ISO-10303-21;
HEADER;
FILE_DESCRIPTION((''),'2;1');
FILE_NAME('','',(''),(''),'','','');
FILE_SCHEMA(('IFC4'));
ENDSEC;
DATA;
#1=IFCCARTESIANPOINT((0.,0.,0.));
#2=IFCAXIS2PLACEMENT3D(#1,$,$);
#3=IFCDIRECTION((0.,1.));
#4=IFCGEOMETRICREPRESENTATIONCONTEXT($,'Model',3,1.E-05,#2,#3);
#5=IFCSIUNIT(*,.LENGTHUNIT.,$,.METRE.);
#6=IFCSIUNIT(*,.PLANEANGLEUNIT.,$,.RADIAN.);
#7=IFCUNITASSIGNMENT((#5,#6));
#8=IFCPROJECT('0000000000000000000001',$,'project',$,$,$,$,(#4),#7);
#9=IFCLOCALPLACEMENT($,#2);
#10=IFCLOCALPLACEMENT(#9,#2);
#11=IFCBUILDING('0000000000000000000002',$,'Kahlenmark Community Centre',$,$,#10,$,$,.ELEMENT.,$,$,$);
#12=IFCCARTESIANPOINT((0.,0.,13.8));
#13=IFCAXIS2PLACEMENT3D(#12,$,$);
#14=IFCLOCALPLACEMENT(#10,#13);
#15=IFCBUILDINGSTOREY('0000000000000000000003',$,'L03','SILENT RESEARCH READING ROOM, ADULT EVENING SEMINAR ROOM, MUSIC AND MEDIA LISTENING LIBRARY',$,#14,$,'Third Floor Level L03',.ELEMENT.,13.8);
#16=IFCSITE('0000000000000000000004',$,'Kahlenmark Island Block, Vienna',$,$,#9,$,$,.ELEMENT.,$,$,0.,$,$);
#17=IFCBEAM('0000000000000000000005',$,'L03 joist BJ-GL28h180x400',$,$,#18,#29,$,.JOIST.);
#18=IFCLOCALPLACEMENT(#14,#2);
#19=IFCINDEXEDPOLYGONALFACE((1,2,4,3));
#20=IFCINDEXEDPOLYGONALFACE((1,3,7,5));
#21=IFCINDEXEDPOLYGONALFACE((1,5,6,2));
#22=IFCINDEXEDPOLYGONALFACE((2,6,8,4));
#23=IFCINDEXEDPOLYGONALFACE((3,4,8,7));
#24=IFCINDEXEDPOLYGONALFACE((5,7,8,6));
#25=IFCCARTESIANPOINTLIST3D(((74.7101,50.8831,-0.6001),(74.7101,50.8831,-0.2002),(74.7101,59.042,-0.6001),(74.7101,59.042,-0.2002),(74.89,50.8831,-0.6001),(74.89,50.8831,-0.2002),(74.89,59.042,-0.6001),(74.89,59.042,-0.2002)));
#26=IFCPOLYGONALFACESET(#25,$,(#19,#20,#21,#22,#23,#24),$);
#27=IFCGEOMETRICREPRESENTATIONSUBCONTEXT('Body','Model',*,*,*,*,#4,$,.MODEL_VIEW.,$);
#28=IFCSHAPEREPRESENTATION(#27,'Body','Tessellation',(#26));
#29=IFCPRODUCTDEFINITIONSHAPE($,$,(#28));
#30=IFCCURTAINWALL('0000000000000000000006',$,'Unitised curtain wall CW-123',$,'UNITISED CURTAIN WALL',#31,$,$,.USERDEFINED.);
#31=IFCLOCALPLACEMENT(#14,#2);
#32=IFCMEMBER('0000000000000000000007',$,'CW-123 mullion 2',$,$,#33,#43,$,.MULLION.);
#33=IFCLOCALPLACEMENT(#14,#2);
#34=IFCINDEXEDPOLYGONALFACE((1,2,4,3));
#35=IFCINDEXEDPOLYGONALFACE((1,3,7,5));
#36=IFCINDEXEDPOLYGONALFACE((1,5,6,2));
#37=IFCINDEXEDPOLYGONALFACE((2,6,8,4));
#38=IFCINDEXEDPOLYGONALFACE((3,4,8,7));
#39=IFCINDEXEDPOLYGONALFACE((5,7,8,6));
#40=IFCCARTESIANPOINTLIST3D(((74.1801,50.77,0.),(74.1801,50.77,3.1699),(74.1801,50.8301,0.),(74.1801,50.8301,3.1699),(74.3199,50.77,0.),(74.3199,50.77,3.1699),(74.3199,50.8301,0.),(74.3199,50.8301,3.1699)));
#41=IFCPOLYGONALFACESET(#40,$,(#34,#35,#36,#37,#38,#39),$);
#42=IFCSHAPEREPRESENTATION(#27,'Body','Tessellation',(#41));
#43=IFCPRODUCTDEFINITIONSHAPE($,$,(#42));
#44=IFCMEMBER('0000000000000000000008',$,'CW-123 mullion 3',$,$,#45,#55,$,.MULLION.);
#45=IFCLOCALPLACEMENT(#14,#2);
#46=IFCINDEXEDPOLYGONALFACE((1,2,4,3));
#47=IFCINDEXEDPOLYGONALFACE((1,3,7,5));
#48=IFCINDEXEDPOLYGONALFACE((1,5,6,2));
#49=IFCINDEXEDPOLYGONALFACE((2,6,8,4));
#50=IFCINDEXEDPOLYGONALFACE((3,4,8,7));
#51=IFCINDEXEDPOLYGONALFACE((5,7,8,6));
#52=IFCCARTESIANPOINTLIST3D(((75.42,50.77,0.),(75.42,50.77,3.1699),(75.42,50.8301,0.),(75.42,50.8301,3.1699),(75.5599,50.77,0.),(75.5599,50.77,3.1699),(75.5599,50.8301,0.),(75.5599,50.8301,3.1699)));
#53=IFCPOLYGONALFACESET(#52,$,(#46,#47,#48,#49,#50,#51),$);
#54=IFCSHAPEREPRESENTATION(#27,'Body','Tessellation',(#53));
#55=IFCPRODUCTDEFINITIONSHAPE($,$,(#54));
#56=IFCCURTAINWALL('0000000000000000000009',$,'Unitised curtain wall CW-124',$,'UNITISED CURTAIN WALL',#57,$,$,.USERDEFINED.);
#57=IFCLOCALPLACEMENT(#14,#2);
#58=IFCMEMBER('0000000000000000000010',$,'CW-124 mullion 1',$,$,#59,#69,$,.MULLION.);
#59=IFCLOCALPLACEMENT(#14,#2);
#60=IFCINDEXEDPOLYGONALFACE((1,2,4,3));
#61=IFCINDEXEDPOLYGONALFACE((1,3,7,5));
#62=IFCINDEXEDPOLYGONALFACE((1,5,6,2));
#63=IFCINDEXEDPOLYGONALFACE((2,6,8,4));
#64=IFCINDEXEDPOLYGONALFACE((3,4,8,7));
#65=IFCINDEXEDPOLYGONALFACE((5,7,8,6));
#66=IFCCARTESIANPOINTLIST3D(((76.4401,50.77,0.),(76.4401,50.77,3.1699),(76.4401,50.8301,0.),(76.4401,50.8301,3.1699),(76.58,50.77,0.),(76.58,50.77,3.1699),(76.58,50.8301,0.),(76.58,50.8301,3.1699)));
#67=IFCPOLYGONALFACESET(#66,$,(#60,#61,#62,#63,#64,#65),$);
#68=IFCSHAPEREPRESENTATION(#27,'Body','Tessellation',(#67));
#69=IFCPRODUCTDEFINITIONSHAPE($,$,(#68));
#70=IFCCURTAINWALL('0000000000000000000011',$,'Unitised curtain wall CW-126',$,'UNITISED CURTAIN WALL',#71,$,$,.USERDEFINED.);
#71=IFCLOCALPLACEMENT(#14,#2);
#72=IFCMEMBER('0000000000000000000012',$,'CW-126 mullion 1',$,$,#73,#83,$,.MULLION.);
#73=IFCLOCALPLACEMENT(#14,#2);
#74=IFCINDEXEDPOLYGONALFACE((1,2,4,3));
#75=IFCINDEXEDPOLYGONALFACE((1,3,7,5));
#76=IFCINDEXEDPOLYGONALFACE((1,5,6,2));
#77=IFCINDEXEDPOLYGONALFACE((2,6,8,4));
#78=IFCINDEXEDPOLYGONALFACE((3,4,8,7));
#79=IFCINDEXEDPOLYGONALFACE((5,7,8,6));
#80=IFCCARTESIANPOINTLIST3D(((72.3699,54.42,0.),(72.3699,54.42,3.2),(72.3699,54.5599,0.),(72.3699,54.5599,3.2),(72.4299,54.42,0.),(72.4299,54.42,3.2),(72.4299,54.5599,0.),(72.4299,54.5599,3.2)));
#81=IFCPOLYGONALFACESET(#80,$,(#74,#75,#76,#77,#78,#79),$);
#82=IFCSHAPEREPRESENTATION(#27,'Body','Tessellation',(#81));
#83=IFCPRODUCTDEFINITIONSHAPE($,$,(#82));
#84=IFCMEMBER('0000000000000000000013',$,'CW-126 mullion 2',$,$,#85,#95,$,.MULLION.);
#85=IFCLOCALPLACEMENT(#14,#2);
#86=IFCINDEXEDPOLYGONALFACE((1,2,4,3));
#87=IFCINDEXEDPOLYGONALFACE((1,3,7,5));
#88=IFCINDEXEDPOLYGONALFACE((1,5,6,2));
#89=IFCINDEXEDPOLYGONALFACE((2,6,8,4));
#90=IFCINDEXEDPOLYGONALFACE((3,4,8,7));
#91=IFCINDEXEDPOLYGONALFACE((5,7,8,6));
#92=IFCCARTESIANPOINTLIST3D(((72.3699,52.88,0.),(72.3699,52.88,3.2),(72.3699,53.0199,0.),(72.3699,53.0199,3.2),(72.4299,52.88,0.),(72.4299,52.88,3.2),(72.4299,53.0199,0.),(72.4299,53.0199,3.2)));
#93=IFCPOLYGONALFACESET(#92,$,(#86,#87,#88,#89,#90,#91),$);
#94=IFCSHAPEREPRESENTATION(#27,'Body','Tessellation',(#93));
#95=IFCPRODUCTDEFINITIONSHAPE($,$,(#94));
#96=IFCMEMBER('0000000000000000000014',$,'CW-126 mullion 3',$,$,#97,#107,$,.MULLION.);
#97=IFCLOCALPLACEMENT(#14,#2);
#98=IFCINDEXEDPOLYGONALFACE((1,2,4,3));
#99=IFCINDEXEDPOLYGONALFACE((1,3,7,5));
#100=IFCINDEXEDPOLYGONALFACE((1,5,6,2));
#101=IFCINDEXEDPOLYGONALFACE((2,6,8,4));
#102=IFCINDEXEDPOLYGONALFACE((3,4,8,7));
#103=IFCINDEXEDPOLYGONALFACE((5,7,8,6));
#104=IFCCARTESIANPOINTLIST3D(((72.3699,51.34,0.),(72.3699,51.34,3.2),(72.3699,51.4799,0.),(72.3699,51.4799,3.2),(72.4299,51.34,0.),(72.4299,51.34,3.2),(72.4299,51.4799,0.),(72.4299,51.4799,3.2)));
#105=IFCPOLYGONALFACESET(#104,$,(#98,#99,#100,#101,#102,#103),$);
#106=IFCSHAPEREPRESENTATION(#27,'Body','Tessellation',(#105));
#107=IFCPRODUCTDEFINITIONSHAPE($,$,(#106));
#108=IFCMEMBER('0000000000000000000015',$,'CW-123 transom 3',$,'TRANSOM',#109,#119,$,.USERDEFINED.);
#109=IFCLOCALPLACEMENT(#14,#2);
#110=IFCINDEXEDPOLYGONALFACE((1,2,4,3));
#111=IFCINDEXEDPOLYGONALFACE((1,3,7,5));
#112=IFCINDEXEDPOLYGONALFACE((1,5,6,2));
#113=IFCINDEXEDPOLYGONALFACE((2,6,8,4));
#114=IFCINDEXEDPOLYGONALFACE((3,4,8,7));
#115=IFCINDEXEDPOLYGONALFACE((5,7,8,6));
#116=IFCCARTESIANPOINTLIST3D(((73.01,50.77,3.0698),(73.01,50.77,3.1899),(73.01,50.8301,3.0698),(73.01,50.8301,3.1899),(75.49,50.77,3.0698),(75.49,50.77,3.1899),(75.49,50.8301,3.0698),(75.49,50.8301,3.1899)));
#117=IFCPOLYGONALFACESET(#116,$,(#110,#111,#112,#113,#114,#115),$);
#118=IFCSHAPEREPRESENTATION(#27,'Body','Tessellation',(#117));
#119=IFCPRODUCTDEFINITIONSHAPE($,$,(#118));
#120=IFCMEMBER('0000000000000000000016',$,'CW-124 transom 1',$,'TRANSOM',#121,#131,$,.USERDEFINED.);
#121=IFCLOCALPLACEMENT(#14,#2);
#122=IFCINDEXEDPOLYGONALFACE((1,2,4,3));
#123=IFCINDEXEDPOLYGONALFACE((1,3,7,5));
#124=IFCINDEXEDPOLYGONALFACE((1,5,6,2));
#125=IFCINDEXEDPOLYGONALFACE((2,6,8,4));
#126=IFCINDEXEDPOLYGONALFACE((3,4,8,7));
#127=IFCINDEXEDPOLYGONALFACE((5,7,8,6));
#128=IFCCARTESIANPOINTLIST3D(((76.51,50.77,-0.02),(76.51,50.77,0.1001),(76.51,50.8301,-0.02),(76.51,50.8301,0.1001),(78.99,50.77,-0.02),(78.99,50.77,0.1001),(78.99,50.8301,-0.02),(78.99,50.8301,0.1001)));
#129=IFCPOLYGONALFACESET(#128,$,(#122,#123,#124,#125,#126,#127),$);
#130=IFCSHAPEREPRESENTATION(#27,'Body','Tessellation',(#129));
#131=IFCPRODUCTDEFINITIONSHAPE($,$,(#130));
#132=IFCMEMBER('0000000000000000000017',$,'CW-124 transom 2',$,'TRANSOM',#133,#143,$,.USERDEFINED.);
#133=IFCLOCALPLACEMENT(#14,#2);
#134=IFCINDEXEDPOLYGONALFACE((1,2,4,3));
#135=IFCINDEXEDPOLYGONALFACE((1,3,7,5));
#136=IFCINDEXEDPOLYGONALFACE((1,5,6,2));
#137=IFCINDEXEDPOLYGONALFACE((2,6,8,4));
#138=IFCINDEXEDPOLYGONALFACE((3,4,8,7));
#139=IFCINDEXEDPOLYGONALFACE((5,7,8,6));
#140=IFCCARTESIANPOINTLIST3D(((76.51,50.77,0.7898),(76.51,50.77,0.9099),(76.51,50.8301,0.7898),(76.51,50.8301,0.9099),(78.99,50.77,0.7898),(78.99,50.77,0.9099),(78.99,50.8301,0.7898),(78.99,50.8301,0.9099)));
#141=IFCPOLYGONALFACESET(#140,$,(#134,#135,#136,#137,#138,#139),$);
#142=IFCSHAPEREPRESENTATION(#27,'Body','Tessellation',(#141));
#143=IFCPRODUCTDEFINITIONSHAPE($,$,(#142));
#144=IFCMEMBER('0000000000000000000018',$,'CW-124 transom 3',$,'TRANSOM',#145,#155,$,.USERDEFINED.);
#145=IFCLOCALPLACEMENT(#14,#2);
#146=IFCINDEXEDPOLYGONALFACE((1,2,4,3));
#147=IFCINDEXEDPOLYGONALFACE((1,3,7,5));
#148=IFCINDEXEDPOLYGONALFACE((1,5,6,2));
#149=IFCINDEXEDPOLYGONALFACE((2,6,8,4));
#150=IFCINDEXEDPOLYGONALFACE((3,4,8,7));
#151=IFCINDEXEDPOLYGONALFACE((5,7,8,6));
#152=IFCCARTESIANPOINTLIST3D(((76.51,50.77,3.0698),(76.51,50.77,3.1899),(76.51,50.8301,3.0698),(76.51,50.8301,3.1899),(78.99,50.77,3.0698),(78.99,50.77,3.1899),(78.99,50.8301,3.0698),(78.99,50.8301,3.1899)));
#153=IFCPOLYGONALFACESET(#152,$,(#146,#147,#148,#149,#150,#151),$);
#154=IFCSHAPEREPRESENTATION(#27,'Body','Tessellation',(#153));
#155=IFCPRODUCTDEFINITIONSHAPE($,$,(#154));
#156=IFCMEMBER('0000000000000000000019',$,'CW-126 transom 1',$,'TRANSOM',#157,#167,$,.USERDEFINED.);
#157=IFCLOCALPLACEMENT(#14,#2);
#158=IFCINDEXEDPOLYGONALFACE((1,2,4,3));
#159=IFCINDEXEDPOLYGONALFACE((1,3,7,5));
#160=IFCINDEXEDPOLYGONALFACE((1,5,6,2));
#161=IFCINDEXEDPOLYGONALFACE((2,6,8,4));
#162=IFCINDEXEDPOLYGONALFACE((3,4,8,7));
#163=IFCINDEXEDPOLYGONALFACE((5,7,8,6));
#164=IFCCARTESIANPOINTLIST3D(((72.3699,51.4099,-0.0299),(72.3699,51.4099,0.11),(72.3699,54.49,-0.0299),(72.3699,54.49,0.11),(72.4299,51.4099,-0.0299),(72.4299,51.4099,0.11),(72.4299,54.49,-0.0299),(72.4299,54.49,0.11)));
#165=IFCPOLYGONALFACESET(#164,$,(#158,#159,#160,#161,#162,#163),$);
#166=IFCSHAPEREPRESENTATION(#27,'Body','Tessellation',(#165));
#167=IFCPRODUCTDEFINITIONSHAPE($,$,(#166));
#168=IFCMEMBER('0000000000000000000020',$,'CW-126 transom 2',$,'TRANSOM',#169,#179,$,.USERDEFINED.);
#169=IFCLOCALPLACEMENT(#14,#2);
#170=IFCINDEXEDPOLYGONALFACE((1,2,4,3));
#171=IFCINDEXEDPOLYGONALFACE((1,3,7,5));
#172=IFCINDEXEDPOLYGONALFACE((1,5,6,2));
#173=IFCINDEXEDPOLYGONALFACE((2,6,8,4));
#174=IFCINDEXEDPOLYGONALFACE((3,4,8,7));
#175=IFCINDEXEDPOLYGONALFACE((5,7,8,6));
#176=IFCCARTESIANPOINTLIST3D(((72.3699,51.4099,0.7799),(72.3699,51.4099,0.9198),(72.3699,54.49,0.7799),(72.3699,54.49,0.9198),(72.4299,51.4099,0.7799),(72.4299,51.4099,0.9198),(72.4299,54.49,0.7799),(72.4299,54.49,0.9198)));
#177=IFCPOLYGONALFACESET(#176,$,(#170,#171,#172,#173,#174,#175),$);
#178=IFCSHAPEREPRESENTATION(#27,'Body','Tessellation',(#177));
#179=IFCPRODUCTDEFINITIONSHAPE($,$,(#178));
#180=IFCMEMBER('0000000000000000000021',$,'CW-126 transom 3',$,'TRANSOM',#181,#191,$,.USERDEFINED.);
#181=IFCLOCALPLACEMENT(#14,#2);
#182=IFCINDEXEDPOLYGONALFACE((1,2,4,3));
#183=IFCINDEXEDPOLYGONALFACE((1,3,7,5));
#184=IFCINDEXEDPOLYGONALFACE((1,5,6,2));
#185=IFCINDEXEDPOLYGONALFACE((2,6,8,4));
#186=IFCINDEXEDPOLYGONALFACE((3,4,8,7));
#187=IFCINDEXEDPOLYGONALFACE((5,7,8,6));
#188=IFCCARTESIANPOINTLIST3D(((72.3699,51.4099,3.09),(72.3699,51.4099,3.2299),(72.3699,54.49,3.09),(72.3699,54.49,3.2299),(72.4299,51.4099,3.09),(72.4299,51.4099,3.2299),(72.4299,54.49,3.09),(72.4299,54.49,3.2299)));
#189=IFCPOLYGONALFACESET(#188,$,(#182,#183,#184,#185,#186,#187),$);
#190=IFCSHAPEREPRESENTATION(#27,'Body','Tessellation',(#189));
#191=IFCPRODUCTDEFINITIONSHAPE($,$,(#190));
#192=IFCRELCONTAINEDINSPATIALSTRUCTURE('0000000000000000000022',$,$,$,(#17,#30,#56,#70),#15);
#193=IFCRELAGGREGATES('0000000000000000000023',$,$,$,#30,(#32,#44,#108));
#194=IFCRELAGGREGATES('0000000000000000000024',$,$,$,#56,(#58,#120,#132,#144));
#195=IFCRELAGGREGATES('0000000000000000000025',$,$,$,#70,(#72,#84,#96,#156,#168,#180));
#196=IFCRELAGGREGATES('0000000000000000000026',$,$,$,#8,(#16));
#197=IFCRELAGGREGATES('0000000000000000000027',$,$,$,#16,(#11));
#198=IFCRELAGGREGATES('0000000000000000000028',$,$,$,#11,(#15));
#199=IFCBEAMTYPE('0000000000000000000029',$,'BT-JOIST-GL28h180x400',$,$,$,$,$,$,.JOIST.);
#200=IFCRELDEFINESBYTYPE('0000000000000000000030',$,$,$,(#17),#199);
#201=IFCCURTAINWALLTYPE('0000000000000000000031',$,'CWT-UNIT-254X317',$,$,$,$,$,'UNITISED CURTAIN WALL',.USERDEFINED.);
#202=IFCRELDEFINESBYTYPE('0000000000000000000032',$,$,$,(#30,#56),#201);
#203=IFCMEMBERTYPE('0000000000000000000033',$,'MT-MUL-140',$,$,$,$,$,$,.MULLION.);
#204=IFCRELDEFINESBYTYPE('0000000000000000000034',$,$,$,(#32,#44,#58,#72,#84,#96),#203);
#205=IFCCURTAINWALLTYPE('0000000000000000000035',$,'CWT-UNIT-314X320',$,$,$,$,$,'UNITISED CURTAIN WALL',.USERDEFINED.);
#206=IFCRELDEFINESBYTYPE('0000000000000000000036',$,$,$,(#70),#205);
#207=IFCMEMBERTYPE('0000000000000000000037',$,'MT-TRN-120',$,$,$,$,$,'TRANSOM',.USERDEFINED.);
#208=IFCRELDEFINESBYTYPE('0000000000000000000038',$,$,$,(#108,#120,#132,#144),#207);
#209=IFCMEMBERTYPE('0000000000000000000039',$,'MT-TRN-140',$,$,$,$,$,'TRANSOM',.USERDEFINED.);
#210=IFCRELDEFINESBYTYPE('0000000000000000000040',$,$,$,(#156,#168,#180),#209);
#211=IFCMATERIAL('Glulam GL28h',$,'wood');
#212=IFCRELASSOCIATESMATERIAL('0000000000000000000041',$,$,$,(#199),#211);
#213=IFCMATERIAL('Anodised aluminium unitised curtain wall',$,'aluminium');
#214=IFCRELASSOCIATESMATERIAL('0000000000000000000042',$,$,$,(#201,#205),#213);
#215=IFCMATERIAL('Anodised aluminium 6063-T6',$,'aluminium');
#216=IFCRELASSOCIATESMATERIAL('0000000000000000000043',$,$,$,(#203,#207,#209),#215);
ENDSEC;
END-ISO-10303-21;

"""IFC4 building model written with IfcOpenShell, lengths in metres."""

from ifc_helpers import new_model, si_unit, direction, frame, origin, origin_2d, place, context, subcontext, project, spatial, rectangle, extrude, material, material_profile, profile_set, type_object, element, aggregate, save


model = new_model("IFC4")

# Units and contexts
model_context = context("Model", 3, precision=1e-05, world=origin(), true_north=direction((0.0, 1.0)))
body_context = subcontext(model_context, "Body", "Model", "MODEL_VIEW")
ifc_project = project(units=[si_unit("LENGTHUNIT", "METRE"), si_unit("PLANEANGLEUNIT", "RADIAN")], contexts=[model_context])

# Site, building, storey
site_placement = place(None, origin())
site = spatial("IfcSite", under=ifc_project, at=site_placement, Name="Kahlenmark Island Block, Vienna", CompositionType="ELEMENT", RefElevation=0.0)
building_placement = place(site_placement, origin())
building = spatial("IfcBuilding", under=site, at=building_placement, Name="Kahlenmark Community Centre", CompositionType="ELEMENT")
storey_placement = place(building_placement, frame((0.0, 0.0, 13.8)))
storey = spatial("IfcBuildingStorey", under=building, at=storey_placement, Name="L03", Description="SILENT RESEARCH READING ROOM, ADULT EVENING SEMINAR ROOM, MUSIC AND MEDIA LISTENING LIBRARY", LongName="Third Floor Level L03", CompositionType="ELEMENT", Elevation=13.8)

# Beam
ifc_material_1 = material(Name="Glulam GL28h", Category="wood")
ifc_material_profile_1 = material_profile(ifc_material_1, rectangle(XDim=0.1799, YDim=0.3999, at=origin_2d()), Name="GL28h 180x400")
ifc_profile_set_1 = profile_set([ifc_material_profile_1], Name="Glulam GL28h")
beam_type = type_object("IfcBeamType", Name="BT-JOIST-GL28h180x400", PredefinedType="JOIST", material=ifc_profile_set_1)
beam_placement = place(storey_placement, frame((74.8, 50.8831, -0.4001), z_axis=(0.0, 1.0, 0.0), x_axis=(-1.0, 0.0, 0.0)))
element("IfcBeam", 1, at=beam_placement, inside=storey, type_object=beam_type, Name="L03 joist BJ-GL28h180x400", PredefinedType="JOIST", context=body_context, shape_type="SweptSolid", body=[
    extrude(rectangle(XDim=0.1799, YDim=0.3999, at=origin_2d()), origin(), (0.0, 0.0, 1.0), 8.1589),
])

# Curtain wall, members
ifc_material_2 = material(Name="Anodised aluminium unitised curtain wall", Category="aluminium")
curtain_wall_type_1 = type_object("IfcCurtainWallType", Name="CWT-UNIT-254X317", ElementType="UNITISED CURTAIN WALL", PredefinedType="USERDEFINED", material=ifc_material_2)
curtain_wall_1_placement = place(storey_placement, origin())
curtain_wall_1 = element("IfcCurtainWall", 2, at=curtain_wall_1_placement, inside=storey, type_object=curtain_wall_type_1, Name="Unitised curtain wall CW-123", ObjectType="UNITISED CURTAIN WALL", PredefinedType="USERDEFINED")
ifc_material_3 = material(Name="Anodised aluminium 6063-T6", Category="aluminium")
ifc_material_profile_2 = material_profile(ifc_material_3, rectangle(XDim=0.0601, YDim=0.1399, at=origin_2d()), Name="ALU MULLION 60x140")
ifc_profile_set_2 = profile_set([ifc_material_profile_2], Name="Anodised aluminium 6063-T6")
member_type_1 = type_object("IfcMemberType", Name="MT-MUL-140", PredefinedType="MULLION", material=ifc_profile_set_2)
member_1_placement = place(storey_placement, frame((74.25, 50.8, 0.0), z_axis=(0.0, 0.0, 1.0), x_axis=(0.0, 1.0, 0.0)))
member_1 = element("IfcMember", 3, at=member_1_placement, type_object=member_type_1, Name="CW-123 mullion 2", PredefinedType="MULLION", context=body_context, shape_type="SweptSolid", body=[
    extrude(rectangle(XDim=0.0601, YDim=0.1399, at=origin_2d()), origin(), (0.0, 0.0, 1.0), 3.1699),
])
member_2_placement = place(storey_placement, frame((75.49, 50.8, 0.0), z_axis=(0.0, 0.0, 1.0), x_axis=(0.0, 1.0, 0.0)))
member_2 = element("IfcMember", 4, at=member_2_placement, type_object=member_type_1, Name="CW-123 mullion 3", PredefinedType="MULLION", context=body_context, shape_type="SweptSolid", body=[
    extrude(rectangle(XDim=0.0601, YDim=0.1399, at=origin_2d()), origin(), (0.0, 0.0, 1.0), 3.1699),
])

# Curtain wall, member
curtain_wall_2_placement = place(storey_placement, origin())
curtain_wall_2 = element("IfcCurtainWall", 5, at=curtain_wall_2_placement, inside=storey, type_object=curtain_wall_type_1, Name="Unitised curtain wall CW-124", ObjectType="UNITISED CURTAIN WALL", PredefinedType="USERDEFINED")
member_3_placement = place(storey_placement, frame((76.51, 50.8, 0.0), z_axis=(0.0, 0.0, 1.0), x_axis=(0.0, 1.0, 0.0)))
member_3 = element("IfcMember", 6, at=member_3_placement, type_object=member_type_1, Name="CW-124 mullion 1", PredefinedType="MULLION", context=body_context, shape_type="SweptSolid", body=[
    extrude(rectangle(XDim=0.0601, YDim=0.1399, at=origin_2d()), origin(), (0.0, 0.0, 1.0), 3.1699),
])

# Curtain wall, members
curtain_wall_type_2 = type_object("IfcCurtainWallType", Name="CWT-UNIT-314X320", ElementType="UNITISED CURTAIN WALL", PredefinedType="USERDEFINED", material=ifc_material_2)
curtain_wall_3_placement = place(storey_placement, origin())
curtain_wall_3 = element("IfcCurtainWall", 7, at=curtain_wall_3_placement, inside=storey, type_object=curtain_wall_type_2, Name="Unitised curtain wall CW-126", ObjectType="UNITISED CURTAIN WALL", PredefinedType="USERDEFINED")
member_4_placement = place(storey_placement, frame((72.3999, 54.49, 0.0), z_axis=(0.0, 0.0, 1.0), x_axis=(1.0, 0.0, 0.0)))
member_4 = element("IfcMember", 8, at=member_4_placement, type_object=member_type_1, Name="CW-126 mullion 1", PredefinedType="MULLION", context=body_context, shape_type="SweptSolid", body=[
    extrude(rectangle(XDim=0.0601, YDim=0.1399, at=origin_2d()), origin(), (0.0, 0.0, 1.0), 3.2),
])
member_5_placement = place(storey_placement, frame((72.3999, 52.95, 0.0), z_axis=(0.0, 0.0, 1.0), x_axis=(1.0, 0.0, 0.0)))
member_5 = element("IfcMember", 9, at=member_5_placement, type_object=member_type_1, Name="CW-126 mullion 2", PredefinedType="MULLION", context=body_context, shape_type="SweptSolid", body=[
    extrude(rectangle(XDim=0.0601, YDim=0.1399, at=origin_2d()), origin(), (0.0, 0.0, 1.0), 3.2),
])
member_6_placement = place(storey_placement, frame((72.3999, 51.4099, 0.0), z_axis=(0.0, 0.0, 1.0), x_axis=(1.0, 0.0, 0.0)))
member_6 = element("IfcMember", 10, at=member_6_placement, type_object=member_type_1, Name="CW-126 mullion 3", PredefinedType="MULLION", context=body_context, shape_type="SweptSolid", body=[
    extrude(rectangle(XDim=0.0601, YDim=0.1399, at=origin_2d()), origin(), (0.0, 0.0, 1.0), 3.2),
])

# Members
ifc_material_profile_3 = material_profile(ifc_material_3, rectangle(XDim=0.0601, YDim=0.1201, at=origin_2d()), Name="ALU TRANSOM 60x120")
ifc_profile_set_3 = profile_set([ifc_material_profile_3], Name="Anodised aluminium 6063-T6")
member_type_2 = type_object("IfcMemberType", Name="MT-TRN-120", ElementType="TRANSOM", PredefinedType="USERDEFINED", material=ifc_profile_set_3)
member_7_placement = place(storey_placement, frame((73.01, 50.8, 3.1299), z_axis=(1.0, 0.0, 0.0), x_axis=(0.0, 1.0, 0.0)))
member_7 = element("IfcMember", 11, at=member_7_placement, type_object=member_type_2, Name="CW-123 transom 3", ObjectType="TRANSOM", PredefinedType="USERDEFINED", context=body_context, shape_type="SweptSolid", body=[
    extrude(rectangle(XDim=0.0601, YDim=0.1201, at=origin_2d()), origin(), (0.0, 0.0, 1.0), 2.48),
])
member_8_placement = place(storey_placement, frame((76.51, 50.8, 0.04), z_axis=(1.0, 0.0, 0.0), x_axis=(0.0, 1.0, 0.0)))
member_8 = element("IfcMember", 12, at=member_8_placement, type_object=member_type_2, Name="CW-124 transom 1", ObjectType="TRANSOM", PredefinedType="USERDEFINED", context=body_context, shape_type="SweptSolid", body=[
    extrude(rectangle(XDim=0.0601, YDim=0.1201, at=origin_2d()), origin(), (0.0, 0.0, 1.0), 2.48),
])
member_9_placement = place(storey_placement, frame((76.51, 50.8, 0.8499), z_axis=(1.0, 0.0, 0.0), x_axis=(0.0, 1.0, 0.0)))
member_9 = element("IfcMember", 13, at=member_9_placement, type_object=member_type_2, Name="CW-124 transom 2", ObjectType="TRANSOM", PredefinedType="USERDEFINED", context=body_context, shape_type="SweptSolid", body=[
    extrude(rectangle(XDim=0.0601, YDim=0.1201, at=origin_2d()), origin(), (0.0, 0.0, 1.0), 2.48),
])
member_10_placement = place(storey_placement, frame((76.51, 50.8, 3.1299), z_axis=(1.0, 0.0, 0.0), x_axis=(0.0, 1.0, 0.0)))
member_10 = element("IfcMember", 14, at=member_10_placement, type_object=member_type_2, Name="CW-124 transom 3", ObjectType="TRANSOM", PredefinedType="USERDEFINED", context=body_context, shape_type="SweptSolid", body=[
    extrude(rectangle(XDim=0.0601, YDim=0.1201, at=origin_2d()), origin(), (0.0, 0.0, 1.0), 2.48),
])
ifc_material_profile_4 = material_profile(ifc_material_3, rectangle(XDim=0.0601, YDim=0.1399, at=origin_2d()), Name="ALU TRANSOM 60x140")
ifc_profile_set_4 = profile_set([ifc_material_profile_4], Name="Anodised aluminium 6063-T6")
member_type_3 = type_object("IfcMemberType", Name="MT-TRN-140", ElementType="TRANSOM", PredefinedType="USERDEFINED", material=ifc_profile_set_4)
member_11_placement = place(storey_placement, frame((72.3999, 54.49, 0.04), z_axis=(0.0, -1.0, 0.0), x_axis=(1.0, 0.0, 0.0)))
member_11 = element("IfcMember", 15, at=member_11_placement, type_object=member_type_3, Name="CW-126 transom 1", ObjectType="TRANSOM", PredefinedType="USERDEFINED", context=body_context, shape_type="SweptSolid", body=[
    extrude(rectangle(XDim=0.0601, YDim=0.1399, at=origin_2d()), origin(), (0.0, 0.0, 1.0), 3.0801),
])
member_12_placement = place(storey_placement, frame((72.3999, 54.49, 0.8499), z_axis=(0.0, -1.0, 0.0), x_axis=(1.0, 0.0, 0.0)))
member_12 = element("IfcMember", 16, at=member_12_placement, type_object=member_type_3, Name="CW-126 transom 2", ObjectType="TRANSOM", PredefinedType="USERDEFINED", context=body_context, shape_type="SweptSolid", body=[
    extrude(rectangle(XDim=0.0601, YDim=0.1399, at=origin_2d()), origin(), (0.0, 0.0, 1.0), 3.0801),
])
member_13_placement = place(storey_placement, frame((72.3999, 54.49, 3.1599), z_axis=(0.0, -1.0, 0.0), x_axis=(1.0, 0.0, 0.0)))
member_13 = element("IfcMember", 17, at=member_13_placement, type_object=member_type_3, Name="CW-126 transom 3", ObjectType="TRANSOM", PredefinedType="USERDEFINED", context=body_context, shape_type="SweptSolid", body=[
    extrude(rectangle(XDim=0.0601, YDim=0.1399, at=origin_2d()), origin(), (0.0, 0.0, 1.0), 3.0801),
])

aggregate(curtain_wall_1, [member_1, member_2, member_7])
aggregate(curtain_wall_2, [member_3, member_8, member_9, member_10])
aggregate(curtain_wall_3, [member_4, member_5, member_6, member_11, member_12, member_13])

save(model, "model.ifc")
